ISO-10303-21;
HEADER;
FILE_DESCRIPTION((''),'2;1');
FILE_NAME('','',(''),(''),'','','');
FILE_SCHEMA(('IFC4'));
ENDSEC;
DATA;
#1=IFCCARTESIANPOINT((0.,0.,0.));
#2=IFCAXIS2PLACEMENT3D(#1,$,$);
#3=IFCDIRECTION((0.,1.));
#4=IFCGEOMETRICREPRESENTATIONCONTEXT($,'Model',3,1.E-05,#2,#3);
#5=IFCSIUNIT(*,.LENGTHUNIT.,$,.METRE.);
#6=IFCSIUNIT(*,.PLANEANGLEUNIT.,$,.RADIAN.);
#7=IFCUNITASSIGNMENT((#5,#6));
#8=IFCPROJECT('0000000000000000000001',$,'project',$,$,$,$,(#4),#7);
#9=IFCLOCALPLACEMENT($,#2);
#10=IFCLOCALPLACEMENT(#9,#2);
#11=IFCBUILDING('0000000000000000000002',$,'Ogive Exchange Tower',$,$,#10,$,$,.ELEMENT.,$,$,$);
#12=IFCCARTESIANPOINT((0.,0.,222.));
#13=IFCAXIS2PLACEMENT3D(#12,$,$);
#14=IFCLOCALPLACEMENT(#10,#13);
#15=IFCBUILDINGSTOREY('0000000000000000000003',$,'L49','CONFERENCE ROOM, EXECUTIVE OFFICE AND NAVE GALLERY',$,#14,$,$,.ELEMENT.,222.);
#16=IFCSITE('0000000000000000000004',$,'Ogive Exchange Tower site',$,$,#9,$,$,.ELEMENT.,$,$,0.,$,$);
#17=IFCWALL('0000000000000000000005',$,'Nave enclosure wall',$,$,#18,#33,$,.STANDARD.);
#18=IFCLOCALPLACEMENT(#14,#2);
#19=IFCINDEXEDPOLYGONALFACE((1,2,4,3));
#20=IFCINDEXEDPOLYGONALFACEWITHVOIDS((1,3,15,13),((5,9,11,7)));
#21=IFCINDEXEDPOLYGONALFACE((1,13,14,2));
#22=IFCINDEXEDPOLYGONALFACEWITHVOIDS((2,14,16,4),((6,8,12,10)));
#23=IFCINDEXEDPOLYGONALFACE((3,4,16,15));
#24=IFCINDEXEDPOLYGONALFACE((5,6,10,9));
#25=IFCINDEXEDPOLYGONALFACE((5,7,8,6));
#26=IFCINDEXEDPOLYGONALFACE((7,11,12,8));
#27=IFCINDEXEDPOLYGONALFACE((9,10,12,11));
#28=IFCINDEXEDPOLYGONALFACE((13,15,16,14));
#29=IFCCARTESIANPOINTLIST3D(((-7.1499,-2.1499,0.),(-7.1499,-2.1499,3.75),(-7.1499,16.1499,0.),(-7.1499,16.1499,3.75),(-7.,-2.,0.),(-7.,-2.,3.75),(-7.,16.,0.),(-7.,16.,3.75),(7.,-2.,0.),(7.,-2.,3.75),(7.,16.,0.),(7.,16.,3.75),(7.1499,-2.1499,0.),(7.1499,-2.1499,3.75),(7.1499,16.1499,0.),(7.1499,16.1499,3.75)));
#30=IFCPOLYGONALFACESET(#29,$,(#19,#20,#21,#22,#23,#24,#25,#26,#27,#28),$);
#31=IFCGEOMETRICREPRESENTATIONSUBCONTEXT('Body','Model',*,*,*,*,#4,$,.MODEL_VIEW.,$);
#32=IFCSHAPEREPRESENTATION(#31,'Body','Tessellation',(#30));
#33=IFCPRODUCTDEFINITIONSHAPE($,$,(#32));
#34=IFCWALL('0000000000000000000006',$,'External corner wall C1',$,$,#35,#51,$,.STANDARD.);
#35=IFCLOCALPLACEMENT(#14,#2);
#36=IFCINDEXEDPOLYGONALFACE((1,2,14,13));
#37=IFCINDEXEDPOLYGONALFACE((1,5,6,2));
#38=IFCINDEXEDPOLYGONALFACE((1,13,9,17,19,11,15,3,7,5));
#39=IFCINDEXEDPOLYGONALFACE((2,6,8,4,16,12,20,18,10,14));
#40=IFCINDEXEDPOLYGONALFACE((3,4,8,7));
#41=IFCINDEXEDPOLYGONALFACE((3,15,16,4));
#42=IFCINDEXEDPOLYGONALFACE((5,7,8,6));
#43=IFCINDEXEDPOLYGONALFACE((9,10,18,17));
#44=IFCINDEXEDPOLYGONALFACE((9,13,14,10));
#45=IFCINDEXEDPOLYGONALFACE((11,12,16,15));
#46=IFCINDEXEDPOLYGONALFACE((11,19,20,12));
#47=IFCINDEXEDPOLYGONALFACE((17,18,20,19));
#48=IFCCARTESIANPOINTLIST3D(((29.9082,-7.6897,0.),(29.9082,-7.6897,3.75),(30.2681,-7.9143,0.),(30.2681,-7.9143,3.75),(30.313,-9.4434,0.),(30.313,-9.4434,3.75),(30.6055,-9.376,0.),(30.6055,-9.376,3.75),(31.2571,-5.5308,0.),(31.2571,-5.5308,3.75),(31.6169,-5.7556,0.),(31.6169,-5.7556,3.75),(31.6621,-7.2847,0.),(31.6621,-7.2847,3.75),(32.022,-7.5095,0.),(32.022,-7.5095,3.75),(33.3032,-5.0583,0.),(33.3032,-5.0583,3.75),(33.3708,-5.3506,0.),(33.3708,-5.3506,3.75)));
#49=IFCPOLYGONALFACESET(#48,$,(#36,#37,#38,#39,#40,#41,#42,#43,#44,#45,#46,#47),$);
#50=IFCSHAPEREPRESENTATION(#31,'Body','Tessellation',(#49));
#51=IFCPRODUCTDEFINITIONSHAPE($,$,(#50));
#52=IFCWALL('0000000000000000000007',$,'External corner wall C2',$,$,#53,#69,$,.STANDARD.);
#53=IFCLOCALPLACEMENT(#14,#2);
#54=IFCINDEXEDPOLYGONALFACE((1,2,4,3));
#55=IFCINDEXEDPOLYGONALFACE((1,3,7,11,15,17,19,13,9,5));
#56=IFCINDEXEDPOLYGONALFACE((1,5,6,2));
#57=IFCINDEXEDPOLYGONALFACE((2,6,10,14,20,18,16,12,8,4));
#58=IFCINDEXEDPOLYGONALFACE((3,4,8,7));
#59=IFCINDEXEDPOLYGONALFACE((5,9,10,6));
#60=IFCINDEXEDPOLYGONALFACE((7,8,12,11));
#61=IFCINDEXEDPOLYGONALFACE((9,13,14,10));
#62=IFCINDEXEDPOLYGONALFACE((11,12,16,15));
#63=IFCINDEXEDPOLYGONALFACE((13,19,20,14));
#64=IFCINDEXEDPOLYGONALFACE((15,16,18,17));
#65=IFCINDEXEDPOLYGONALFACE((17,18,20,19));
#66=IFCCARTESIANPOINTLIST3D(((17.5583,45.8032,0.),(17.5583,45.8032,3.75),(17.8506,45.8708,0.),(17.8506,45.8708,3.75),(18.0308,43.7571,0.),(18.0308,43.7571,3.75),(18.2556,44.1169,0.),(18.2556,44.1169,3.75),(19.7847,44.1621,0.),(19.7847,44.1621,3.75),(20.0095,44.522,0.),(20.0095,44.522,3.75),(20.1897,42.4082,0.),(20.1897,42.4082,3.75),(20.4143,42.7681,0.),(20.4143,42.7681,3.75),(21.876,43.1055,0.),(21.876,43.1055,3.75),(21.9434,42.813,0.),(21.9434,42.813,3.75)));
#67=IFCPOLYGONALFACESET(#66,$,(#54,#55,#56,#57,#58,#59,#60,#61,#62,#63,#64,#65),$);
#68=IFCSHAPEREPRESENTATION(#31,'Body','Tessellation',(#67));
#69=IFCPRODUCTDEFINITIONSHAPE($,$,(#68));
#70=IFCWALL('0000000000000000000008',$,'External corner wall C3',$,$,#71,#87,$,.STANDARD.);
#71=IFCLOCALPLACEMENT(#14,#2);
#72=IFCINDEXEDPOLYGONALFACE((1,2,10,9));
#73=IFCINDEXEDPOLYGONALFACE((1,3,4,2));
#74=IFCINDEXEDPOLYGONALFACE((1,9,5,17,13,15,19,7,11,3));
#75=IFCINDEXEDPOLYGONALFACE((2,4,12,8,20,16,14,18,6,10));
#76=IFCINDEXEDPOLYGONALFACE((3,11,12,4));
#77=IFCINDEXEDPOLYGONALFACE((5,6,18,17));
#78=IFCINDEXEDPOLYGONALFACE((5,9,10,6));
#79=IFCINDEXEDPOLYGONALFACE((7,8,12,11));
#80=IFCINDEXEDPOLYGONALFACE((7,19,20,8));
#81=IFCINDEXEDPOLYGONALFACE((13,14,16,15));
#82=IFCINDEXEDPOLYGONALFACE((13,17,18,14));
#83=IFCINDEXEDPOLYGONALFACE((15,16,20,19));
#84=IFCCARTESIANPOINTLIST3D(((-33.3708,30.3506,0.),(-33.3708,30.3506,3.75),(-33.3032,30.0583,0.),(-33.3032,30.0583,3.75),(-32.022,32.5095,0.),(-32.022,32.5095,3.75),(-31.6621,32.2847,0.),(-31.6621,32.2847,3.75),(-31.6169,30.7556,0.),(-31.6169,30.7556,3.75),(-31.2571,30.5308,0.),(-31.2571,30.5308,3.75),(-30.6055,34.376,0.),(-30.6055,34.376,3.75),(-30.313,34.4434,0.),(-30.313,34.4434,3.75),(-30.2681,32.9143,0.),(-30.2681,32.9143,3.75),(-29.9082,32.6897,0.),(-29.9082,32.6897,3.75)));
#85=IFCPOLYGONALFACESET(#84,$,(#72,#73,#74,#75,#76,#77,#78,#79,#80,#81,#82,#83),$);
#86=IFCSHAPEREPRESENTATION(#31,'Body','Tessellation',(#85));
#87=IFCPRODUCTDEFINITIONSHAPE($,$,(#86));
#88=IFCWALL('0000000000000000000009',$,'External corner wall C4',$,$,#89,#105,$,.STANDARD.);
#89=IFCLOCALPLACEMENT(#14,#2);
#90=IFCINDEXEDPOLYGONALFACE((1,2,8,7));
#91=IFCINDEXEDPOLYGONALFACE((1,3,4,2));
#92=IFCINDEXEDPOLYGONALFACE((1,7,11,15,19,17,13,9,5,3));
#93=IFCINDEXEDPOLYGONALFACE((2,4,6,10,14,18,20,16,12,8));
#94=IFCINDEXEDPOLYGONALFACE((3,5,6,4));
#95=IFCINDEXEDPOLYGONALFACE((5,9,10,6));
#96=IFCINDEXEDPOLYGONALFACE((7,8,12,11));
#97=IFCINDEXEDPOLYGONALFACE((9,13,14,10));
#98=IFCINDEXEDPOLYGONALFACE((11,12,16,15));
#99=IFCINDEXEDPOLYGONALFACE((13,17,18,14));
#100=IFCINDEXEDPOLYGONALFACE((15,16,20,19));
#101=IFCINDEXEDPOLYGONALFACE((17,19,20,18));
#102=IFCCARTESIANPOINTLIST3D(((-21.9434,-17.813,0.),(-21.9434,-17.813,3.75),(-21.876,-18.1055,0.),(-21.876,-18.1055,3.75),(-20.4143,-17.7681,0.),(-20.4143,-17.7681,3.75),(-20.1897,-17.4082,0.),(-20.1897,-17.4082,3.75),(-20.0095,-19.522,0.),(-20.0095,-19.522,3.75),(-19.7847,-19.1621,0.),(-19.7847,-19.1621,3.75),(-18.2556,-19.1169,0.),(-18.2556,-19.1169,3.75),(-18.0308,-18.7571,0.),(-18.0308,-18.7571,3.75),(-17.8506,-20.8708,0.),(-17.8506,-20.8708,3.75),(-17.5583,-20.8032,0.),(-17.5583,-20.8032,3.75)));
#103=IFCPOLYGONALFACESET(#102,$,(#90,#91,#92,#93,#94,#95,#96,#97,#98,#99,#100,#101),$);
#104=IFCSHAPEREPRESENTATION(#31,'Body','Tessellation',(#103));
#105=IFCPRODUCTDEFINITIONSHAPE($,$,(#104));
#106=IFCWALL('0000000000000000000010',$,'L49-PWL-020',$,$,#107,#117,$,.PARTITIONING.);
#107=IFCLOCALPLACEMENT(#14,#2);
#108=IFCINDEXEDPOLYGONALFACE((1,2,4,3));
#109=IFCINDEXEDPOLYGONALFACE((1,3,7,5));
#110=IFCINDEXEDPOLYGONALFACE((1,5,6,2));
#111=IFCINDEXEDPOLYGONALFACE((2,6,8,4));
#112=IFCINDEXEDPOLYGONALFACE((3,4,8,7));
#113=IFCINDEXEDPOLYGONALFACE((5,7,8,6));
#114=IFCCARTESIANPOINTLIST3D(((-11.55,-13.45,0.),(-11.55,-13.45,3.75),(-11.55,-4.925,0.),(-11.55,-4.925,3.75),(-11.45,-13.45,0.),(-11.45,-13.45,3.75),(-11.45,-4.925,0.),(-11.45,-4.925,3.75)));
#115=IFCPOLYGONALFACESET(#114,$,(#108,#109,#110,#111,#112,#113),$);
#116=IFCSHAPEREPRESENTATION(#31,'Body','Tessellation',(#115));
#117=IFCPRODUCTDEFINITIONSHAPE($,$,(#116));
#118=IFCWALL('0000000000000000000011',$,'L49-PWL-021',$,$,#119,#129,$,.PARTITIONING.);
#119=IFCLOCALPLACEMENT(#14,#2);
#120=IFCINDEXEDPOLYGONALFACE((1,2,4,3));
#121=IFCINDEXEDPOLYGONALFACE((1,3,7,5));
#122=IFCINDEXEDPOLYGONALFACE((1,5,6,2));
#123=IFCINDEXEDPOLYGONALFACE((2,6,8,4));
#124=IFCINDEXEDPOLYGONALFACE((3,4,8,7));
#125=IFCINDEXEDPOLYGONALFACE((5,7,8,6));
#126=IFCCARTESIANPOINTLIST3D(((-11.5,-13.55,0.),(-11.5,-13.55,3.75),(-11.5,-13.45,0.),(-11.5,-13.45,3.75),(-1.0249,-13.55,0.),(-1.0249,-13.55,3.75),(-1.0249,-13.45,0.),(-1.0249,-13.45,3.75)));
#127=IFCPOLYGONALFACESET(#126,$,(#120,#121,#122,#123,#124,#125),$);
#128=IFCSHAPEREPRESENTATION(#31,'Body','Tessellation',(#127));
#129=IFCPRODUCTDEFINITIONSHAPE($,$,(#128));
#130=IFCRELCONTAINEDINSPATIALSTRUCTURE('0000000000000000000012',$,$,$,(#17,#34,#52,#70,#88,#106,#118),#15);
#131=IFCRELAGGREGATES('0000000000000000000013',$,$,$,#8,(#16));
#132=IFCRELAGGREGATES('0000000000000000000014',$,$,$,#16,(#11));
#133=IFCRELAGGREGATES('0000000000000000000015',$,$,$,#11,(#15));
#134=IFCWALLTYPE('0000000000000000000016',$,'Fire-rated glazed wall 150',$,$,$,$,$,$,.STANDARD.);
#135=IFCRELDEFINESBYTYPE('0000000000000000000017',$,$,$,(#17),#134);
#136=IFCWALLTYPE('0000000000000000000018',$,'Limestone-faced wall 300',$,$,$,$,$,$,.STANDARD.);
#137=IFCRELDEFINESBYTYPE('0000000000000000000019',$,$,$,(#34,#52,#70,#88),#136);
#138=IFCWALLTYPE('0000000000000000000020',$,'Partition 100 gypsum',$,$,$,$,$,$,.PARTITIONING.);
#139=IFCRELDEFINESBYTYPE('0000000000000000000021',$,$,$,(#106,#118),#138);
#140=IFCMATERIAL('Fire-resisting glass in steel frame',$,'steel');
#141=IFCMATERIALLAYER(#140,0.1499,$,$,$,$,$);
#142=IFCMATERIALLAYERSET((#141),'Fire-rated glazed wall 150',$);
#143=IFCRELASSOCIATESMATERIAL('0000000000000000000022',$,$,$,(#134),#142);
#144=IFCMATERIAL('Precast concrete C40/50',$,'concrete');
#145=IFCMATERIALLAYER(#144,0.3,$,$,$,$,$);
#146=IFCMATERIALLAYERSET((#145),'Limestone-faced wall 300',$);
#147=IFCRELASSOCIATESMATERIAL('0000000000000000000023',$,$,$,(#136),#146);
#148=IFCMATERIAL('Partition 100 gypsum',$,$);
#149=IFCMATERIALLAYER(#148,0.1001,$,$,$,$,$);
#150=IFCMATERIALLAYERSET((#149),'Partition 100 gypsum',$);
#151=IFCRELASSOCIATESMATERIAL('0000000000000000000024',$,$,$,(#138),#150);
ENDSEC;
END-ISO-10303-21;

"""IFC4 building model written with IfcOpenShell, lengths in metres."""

from ifc_helpers import new_model, si_unit, direction, frame, frame_2d, origin, place, context, subcontext, project, spatial, polyline, rectangle, outline, extrude, material, layer, layer_set, type_object, element, save


model = new_model("IFC4")

# Units and contexts
model_context = context("Model", 3, precision=1e-05, world=origin(), true_north=direction((0.0, 1.0)))
body_context = subcontext(model_context, "Body", "Model", "MODEL_VIEW")
ifc_project = project(units=[si_unit("LENGTHUNIT", "METRE"), si_unit("PLANEANGLEUNIT", "RADIAN")], contexts=[model_context])

# Site, building, storey
site_placement = place(None, origin())
site = spatial("IfcSite", under=ifc_project, at=site_placement, Name="Ogive Exchange Tower site", CompositionType="ELEMENT", RefElevation=0.0)
building_placement = place(site_placement, origin())
building = spatial("IfcBuilding", under=site, at=building_placement, Name="Ogive Exchange Tower", CompositionType="ELEMENT")
storey_placement = place(building_placement, frame((0.0, 0.0, 222.0)))
storey = spatial("IfcBuildingStorey", under=building, at=storey_placement, Name="L49", Description="CONFERENCE ROOM, EXECUTIVE OFFICE AND NAVE GALLERY", CompositionType="ELEMENT", Elevation=222.0)

# Walls
ifc_material_1 = material(Name="Fire-resisting glass in steel frame", Category="steel")
ifc_layer_1 = layer(ifc_material_1, 0.1499)
ifc_layer_set_1 = layer_set([ifc_layer_1], Name="Fire-rated glazed wall 150")
wall_type_1 = type_object("IfcWallType", Name="Fire-rated glazed wall 150", PredefinedType="STANDARD", material=ifc_layer_set_1)
wall_1_placement = place(storey_placement, origin())
element("IfcWall", 1, at=wall_1_placement, inside=storey, type_object=wall_type_1, Name="Nave enclosure wall", PredefinedType="STANDARD", context=body_context, shape_type="SweptSolid", body=[
    extrude(outline(polyline([(-7.1499, -2.1499), (7.1499, -2.1499), (7.1499, 16.1499), (-7.1499, 16.1499), (-7.1499, -2.1499)]), holes=[polyline([(-7.0, -2.0), (-7.0, 16.0), (7.0, 16.0), (7.0, -2.0), (-7.0, -2.0)])]), origin(), (0.0, 0.0, 1.0), 3.75),
])
ifc_material_2 = material(Name="Precast concrete C40/50", Category="concrete")
ifc_layer_2 = layer(ifc_material_2, 0.3)
ifc_layer_set_2 = layer_set([ifc_layer_2], Name="Limestone-faced wall 300")
wall_type_2 = type_object("IfcWallType", Name="Limestone-faced wall 300", PredefinedType="STANDARD", material=ifc_layer_set_2)
wall_2_placement = place(storey_placement, origin())
element("IfcWall", 2, at=wall_2_placement, inside=storey, type_object=wall_type_2, Name="External corner wall C1", PredefinedType="STANDARD", context=body_context, shape_type="SweptSolid", body=[
    extrude(outline(polyline([(31.6621, -7.2847), (31.2571, -5.5308), (33.3032, -5.0583), (33.3708, -5.3506), (31.6169, -5.7556), (32.022, -7.5095), (30.2681, -7.9143), (30.6055, -9.376), (30.313, -9.4434), (29.9082, -7.6897), (31.6621, -7.2847)])), origin(), (0.0, 0.0, 1.0), 3.75),
])
wall_3_placement = place(storey_placement, origin())
element("IfcWall", 3, at=wall_3_placement, inside=storey, type_object=wall_type_2, Name="External corner wall C2", PredefinedType="STANDARD", context=body_context, shape_type="SweptSolid", body=[
    extrude(outline(polyline([(19.7847, 44.1621), (18.0308, 43.7571), (17.5583, 45.8032), (17.8506, 45.8708), (18.2556, 44.1169), (20.0095, 44.522), (20.4143, 42.7681), (21.876, 43.1055), (21.9434, 42.813), (20.1897, 42.4082), (19.7847, 44.1621)])), origin(), (0.0, 0.0, 1.0), 3.75),
])
wall_4_placement = place(storey_placement, origin())
element("IfcWall", 4, at=wall_4_placement, inside=storey, type_object=wall_type_2, Name="External corner wall C3", PredefinedType="STANDARD", context=body_context, shape_type="SweptSolid", body=[
    extrude(outline(polyline([(-31.6169, 30.7556), (-32.022, 32.5095), (-30.2681, 32.9143), (-30.6055, 34.376), (-30.313, 34.4434), (-29.9082, 32.6897), (-31.6621, 32.2847), (-31.2571, 30.5308), (-33.3032, 30.0583), (-33.3708, 30.3506), (-31.6169, 30.7556)])), origin(), (0.0, 0.0, 1.0), 3.75),
])
wall_5_placement = place(storey_placement, origin())
element("IfcWall", 5, at=wall_5_placement, inside=storey, type_object=wall_type_2, Name="External corner wall C4", PredefinedType="STANDARD", context=body_context, shape_type="SweptSolid", body=[
    extrude(outline(polyline([(-18.2556, -19.1169), (-20.0095, -19.522), (-20.4143, -17.7681), (-21.876, -18.1055), (-21.9434, -17.813), (-20.1897, -17.4082), (-19.7847, -19.1621), (-18.0308, -18.7571), (-17.5583, -20.8032), (-17.8506, -20.8708), (-18.2556, -19.1169)])), origin(), (0.0, 0.0, 1.0), 3.75),
])
ifc_material_3 = material(Name="Partition 100 gypsum")
ifc_layer_3 = layer(ifc_material_3, 0.1001)
ifc_layer_set_3 = layer_set([ifc_layer_3], Name="Partition 100 gypsum")
wall_type_3 = type_object("IfcWallType", Name="Partition 100 gypsum", PredefinedType="PARTITIONING", material=ifc_layer_set_3)
wall_6_placement = place(storey_placement, frame((-11.5, -13.45, 0.0), z_axis=(0.0, 0.0, 1.0), x_axis=(0.0, 1.0, 0.0)))
element("IfcWall", 6, at=wall_6_placement, inside=storey, type_object=wall_type_3, Name="L49-PWL-020", PredefinedType="PARTITIONING", context=body_context, shape_type="SweptSolid", body=[
    extrude(rectangle(XDim=8.5249, YDim=0.1001, at=frame_2d((4.2625, 0.0))), origin(), (0.0, 0.0, 1.0), 3.75),
])
wall_7_placement = place(storey_placement, frame((-11.5, -13.5, 0.0), z_axis=(0.0, 0.0, 1.0), x_axis=(1.0, 0.0, 0.0)))
element("IfcWall", 7, at=wall_7_placement, inside=storey, type_object=wall_type_3, Name="L49-PWL-021", PredefinedType="PARTITIONING", context=body_context, shape_type="SweptSolid", body=[
    extrude(rectangle(XDim=10.4751, YDim=0.1001, at=frame_2d((5.2375, 0.0))), origin(), (0.0, 0.0, 1.0), 3.75),
])

save(model, "model.ifc")
